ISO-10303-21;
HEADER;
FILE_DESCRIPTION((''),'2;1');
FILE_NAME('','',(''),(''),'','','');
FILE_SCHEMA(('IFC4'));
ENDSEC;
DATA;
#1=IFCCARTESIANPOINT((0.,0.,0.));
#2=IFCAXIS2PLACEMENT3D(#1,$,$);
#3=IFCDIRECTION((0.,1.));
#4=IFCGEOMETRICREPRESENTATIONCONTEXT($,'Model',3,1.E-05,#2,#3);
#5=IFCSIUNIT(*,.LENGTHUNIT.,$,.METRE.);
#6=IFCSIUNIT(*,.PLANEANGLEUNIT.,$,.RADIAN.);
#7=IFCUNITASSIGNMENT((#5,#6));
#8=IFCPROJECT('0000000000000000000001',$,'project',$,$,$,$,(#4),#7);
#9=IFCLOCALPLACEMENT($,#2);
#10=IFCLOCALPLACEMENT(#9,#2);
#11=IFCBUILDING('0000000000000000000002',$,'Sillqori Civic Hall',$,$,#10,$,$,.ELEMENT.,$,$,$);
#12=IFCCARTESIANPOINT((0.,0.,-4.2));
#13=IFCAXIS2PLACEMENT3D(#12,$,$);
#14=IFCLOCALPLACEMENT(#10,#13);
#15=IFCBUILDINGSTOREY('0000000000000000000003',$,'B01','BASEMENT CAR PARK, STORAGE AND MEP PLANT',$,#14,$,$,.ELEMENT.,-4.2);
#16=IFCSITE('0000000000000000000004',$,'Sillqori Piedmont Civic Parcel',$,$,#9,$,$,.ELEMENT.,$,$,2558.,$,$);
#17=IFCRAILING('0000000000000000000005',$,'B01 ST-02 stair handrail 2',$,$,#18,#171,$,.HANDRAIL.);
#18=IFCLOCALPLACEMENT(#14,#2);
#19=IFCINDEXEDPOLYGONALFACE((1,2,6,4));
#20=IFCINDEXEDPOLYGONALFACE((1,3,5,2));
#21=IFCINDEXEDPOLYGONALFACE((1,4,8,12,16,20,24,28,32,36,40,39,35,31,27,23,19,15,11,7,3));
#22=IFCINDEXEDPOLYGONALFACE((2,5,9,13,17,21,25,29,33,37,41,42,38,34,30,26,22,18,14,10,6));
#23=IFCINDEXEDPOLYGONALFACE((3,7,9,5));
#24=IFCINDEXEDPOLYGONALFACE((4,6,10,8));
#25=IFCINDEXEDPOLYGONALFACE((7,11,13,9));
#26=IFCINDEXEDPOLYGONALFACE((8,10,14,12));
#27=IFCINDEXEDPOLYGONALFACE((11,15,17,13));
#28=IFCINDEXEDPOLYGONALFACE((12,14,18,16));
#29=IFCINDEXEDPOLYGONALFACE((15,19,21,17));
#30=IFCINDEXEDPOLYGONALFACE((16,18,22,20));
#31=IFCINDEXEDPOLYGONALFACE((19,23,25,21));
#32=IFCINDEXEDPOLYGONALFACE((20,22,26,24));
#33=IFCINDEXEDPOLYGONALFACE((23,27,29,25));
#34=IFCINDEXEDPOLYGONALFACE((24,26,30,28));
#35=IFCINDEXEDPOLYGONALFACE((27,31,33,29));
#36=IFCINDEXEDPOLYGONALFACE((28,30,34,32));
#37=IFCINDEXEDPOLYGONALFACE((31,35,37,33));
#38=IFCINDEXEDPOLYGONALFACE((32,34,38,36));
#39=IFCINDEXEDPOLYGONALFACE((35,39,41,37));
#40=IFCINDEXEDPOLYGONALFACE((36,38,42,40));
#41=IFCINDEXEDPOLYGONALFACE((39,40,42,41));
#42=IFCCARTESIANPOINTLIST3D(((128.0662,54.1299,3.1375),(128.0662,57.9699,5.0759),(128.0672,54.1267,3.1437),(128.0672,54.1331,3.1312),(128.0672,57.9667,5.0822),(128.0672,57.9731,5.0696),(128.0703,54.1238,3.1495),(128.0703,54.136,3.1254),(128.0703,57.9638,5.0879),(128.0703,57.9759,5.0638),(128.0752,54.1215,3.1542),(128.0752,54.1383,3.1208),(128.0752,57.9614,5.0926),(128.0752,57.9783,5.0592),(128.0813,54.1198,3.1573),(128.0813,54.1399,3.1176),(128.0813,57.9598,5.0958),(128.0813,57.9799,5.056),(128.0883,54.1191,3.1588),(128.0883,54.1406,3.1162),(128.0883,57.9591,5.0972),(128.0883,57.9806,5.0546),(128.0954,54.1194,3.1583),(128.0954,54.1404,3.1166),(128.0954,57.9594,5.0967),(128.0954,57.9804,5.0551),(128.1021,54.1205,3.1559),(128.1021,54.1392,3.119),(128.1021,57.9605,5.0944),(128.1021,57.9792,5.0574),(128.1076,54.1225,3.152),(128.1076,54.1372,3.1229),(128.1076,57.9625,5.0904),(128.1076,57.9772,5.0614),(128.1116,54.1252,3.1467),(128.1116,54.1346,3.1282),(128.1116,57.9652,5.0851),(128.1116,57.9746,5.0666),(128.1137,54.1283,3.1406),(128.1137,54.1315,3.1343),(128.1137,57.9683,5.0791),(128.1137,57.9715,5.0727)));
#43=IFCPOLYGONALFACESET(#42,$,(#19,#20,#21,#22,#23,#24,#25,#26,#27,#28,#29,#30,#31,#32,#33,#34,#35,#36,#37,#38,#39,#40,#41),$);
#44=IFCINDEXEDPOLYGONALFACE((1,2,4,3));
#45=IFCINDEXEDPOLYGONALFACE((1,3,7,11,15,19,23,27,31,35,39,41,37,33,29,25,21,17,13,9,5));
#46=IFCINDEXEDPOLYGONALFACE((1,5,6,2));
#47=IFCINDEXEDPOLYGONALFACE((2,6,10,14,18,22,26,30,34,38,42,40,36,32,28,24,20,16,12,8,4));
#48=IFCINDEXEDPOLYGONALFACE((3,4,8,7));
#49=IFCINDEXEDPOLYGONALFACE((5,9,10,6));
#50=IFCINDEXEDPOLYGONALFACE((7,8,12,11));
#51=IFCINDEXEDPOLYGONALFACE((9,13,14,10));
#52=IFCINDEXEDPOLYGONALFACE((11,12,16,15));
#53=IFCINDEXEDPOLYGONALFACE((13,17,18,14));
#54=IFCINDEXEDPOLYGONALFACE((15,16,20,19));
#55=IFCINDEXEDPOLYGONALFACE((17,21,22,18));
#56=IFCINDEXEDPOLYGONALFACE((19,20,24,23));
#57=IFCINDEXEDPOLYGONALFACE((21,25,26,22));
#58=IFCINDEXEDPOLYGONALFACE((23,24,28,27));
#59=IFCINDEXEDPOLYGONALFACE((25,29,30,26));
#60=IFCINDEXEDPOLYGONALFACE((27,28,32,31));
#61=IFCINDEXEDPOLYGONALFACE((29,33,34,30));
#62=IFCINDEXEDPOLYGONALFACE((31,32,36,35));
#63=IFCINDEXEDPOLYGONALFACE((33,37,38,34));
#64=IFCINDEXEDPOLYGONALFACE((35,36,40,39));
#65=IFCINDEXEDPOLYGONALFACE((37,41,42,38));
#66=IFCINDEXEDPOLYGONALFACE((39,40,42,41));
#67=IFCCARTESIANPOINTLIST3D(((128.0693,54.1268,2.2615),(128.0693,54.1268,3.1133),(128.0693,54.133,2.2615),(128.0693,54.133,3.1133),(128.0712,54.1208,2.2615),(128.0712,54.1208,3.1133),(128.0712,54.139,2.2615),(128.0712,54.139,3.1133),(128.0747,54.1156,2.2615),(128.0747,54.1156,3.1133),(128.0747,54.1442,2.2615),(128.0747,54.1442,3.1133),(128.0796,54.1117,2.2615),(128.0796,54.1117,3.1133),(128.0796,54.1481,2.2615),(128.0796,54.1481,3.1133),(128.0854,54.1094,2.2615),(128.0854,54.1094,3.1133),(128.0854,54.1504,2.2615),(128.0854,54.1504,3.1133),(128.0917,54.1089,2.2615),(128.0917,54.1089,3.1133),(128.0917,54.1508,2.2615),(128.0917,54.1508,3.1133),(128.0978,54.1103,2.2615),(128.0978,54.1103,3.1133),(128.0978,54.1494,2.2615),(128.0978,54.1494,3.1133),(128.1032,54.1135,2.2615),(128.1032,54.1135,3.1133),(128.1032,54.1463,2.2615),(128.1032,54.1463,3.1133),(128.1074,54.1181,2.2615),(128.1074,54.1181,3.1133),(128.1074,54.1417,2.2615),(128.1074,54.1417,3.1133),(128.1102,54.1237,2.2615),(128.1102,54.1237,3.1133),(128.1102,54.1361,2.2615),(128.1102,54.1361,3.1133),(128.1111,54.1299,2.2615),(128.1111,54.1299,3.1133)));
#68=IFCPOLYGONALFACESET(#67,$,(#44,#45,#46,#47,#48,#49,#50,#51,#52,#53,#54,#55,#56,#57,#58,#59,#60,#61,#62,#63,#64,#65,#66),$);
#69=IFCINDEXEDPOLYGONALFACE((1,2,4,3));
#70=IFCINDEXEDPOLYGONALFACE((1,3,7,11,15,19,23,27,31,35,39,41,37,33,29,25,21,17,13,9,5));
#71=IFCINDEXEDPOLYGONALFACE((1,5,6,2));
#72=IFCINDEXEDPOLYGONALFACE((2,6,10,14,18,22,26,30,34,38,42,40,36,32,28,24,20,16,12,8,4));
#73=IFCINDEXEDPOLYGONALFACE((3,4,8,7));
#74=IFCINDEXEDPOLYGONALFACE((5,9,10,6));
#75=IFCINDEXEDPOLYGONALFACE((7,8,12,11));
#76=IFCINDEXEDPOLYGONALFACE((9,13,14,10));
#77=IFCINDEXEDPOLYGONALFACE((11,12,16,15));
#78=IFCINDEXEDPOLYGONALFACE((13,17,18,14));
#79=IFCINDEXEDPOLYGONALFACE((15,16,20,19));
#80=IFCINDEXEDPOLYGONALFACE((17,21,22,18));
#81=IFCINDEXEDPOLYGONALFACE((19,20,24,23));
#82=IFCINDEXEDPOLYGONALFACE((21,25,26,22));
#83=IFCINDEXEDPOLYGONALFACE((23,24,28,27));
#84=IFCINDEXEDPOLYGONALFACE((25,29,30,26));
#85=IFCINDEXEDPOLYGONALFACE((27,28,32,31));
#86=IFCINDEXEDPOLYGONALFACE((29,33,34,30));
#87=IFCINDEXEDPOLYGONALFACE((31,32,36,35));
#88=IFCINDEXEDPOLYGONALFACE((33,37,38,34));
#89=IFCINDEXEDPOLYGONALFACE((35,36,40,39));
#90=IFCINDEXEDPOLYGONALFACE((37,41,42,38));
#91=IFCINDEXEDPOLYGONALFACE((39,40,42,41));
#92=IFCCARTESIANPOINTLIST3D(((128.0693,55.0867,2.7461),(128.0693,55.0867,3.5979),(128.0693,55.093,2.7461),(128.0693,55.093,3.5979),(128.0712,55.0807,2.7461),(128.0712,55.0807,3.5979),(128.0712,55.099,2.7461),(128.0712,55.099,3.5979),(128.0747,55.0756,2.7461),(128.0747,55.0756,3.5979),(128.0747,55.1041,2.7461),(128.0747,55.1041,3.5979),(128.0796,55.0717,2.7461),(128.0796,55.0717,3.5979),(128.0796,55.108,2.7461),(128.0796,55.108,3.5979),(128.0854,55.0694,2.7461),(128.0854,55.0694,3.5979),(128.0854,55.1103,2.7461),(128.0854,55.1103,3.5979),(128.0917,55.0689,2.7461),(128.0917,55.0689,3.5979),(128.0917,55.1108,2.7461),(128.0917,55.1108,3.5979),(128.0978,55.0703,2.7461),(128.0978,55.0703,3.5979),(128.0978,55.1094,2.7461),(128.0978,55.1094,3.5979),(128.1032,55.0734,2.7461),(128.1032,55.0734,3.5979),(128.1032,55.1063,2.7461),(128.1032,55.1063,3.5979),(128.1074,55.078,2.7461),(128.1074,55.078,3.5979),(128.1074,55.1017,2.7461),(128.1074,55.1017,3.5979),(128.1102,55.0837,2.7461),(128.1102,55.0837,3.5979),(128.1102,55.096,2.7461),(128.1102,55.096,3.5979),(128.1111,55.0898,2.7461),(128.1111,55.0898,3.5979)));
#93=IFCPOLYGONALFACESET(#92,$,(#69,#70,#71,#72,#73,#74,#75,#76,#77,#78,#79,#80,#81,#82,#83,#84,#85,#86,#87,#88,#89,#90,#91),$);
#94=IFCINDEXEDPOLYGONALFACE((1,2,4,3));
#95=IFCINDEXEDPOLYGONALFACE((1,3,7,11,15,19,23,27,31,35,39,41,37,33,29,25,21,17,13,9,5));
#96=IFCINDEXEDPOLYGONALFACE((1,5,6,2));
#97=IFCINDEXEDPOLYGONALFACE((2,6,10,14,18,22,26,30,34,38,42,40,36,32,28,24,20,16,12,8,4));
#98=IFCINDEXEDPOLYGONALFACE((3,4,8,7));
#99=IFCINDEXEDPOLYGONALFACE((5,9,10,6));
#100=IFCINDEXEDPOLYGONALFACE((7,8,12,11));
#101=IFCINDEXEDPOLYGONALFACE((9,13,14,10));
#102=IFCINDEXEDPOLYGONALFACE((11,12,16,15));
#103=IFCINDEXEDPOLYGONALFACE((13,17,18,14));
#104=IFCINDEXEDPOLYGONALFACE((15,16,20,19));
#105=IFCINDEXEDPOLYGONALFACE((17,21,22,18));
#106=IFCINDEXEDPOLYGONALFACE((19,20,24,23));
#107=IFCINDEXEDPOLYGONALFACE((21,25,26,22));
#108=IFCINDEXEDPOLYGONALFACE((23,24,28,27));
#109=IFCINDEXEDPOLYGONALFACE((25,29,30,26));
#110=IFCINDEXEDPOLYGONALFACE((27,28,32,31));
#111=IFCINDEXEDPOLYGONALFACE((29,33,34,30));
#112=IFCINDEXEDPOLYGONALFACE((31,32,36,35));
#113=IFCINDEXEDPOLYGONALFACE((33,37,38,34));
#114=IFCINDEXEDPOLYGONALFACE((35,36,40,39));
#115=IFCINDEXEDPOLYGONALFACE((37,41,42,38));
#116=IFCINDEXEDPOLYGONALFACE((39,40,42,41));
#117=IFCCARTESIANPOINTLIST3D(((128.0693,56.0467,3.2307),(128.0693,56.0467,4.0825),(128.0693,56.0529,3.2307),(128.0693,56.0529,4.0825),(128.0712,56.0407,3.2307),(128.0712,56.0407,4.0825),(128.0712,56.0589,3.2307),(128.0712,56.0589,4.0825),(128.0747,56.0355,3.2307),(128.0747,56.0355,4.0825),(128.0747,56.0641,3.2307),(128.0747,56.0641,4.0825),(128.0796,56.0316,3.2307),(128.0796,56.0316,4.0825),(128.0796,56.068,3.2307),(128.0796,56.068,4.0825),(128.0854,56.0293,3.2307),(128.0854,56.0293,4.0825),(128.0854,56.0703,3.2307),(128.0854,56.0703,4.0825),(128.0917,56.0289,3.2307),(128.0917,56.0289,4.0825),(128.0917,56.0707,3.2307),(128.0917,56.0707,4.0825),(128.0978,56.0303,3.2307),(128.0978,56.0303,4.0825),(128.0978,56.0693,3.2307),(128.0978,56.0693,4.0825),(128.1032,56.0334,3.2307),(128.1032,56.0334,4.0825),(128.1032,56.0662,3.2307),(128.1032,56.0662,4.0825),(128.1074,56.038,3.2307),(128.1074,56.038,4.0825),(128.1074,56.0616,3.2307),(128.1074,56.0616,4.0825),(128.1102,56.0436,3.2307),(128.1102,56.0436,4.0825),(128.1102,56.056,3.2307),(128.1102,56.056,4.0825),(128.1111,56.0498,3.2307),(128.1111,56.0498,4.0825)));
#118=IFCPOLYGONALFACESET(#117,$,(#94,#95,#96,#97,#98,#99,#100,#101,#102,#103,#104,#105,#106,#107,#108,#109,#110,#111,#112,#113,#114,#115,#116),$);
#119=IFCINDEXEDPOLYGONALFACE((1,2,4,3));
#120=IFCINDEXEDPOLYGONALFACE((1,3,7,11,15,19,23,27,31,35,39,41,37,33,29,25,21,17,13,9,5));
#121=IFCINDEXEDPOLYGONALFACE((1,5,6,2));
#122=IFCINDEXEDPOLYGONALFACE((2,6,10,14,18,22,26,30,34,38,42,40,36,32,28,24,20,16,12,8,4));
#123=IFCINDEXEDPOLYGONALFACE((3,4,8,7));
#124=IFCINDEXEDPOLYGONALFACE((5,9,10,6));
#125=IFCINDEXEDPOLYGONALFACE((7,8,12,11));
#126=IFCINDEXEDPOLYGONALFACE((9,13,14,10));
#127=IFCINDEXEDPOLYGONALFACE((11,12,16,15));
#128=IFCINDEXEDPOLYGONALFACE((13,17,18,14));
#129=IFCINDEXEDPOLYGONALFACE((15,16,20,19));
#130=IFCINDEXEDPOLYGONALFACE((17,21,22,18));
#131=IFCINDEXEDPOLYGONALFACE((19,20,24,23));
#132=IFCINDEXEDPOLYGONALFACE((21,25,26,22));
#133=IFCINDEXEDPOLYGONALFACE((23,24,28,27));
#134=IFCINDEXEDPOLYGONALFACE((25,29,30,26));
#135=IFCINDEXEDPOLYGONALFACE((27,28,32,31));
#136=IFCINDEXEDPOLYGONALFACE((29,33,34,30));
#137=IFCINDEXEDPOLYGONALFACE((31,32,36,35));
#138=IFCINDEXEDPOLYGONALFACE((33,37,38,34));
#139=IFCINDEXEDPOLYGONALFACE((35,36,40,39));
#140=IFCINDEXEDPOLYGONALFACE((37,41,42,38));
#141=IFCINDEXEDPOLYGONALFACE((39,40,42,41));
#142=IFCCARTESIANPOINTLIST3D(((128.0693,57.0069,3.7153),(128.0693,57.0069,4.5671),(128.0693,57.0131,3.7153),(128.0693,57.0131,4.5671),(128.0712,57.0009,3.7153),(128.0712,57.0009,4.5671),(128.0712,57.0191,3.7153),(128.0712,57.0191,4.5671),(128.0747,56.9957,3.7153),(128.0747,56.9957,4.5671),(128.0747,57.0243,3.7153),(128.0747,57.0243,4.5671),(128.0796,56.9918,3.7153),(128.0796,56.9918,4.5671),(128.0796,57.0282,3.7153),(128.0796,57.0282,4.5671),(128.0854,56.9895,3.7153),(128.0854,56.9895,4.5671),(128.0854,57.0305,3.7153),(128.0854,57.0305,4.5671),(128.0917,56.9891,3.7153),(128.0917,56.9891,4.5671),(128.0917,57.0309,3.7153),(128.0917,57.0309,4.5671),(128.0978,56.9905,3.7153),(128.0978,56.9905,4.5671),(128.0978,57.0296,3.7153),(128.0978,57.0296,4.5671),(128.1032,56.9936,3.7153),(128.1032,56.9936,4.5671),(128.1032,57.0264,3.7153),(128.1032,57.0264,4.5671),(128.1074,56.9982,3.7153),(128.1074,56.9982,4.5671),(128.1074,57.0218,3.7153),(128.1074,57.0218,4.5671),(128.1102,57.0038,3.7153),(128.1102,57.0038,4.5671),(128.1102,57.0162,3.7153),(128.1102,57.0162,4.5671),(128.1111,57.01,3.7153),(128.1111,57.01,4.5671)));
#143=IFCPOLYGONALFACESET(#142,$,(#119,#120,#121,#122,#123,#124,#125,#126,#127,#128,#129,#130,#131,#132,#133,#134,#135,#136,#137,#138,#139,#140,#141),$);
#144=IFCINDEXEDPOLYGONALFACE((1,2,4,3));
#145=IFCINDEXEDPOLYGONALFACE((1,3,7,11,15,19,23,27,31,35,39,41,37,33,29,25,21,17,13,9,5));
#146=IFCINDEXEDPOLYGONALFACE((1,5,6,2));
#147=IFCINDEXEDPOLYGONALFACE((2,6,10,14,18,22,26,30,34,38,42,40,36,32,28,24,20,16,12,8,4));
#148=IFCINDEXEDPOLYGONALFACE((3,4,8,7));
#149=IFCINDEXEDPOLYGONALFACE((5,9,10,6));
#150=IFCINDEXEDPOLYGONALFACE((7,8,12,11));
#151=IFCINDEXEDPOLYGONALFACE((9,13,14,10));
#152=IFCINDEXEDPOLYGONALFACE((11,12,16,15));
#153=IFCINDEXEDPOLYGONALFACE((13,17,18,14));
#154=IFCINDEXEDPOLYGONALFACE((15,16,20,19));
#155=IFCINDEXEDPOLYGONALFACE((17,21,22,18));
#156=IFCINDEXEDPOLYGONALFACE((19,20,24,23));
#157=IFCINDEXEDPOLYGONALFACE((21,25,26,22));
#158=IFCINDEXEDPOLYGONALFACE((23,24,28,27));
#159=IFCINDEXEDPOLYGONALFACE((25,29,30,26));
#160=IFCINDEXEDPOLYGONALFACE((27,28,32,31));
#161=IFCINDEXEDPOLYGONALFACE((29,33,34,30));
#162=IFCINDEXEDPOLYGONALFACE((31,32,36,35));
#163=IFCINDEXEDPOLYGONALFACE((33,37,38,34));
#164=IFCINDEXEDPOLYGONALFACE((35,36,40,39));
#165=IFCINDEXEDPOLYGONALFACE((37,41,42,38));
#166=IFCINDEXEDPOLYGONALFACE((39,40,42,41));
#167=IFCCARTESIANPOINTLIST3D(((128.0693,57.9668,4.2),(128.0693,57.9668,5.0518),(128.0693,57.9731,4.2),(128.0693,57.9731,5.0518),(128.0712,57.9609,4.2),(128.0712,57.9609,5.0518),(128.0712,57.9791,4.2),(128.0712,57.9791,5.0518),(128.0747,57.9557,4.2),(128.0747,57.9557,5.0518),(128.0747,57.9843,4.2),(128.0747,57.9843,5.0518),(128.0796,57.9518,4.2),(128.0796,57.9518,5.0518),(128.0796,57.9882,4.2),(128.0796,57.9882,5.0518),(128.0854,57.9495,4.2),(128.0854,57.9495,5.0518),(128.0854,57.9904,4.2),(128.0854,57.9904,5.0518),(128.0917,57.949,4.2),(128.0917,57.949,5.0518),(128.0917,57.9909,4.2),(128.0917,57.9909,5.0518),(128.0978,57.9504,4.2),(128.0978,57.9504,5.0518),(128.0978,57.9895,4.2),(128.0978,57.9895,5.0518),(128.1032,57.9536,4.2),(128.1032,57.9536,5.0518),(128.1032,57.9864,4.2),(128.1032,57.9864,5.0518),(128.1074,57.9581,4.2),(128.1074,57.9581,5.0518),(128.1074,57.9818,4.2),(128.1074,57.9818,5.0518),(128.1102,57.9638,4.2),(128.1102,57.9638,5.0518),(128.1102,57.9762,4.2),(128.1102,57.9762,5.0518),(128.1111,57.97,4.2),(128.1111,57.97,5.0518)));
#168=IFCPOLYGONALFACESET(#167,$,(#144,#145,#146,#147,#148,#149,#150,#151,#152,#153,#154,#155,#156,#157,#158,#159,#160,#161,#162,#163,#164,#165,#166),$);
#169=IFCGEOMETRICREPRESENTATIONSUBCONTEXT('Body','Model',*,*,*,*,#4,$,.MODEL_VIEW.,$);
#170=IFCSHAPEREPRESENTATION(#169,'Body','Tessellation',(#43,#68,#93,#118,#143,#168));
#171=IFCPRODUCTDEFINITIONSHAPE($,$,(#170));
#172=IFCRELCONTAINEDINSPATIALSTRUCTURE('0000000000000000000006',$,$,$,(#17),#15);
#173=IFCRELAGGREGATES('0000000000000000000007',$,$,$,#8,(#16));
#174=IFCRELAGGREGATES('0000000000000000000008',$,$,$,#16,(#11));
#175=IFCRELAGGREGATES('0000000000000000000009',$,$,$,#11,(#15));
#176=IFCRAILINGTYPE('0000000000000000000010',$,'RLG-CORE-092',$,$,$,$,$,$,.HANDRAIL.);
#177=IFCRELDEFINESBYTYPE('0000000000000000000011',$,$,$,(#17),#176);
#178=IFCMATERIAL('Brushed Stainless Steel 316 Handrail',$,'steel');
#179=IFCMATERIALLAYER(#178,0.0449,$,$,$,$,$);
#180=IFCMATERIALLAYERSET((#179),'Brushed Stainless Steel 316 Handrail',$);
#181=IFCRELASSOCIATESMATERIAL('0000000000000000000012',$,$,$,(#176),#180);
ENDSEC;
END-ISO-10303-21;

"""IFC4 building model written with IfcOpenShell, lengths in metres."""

from ifc_helpers import new_model, si_unit, direction, frame, origin, origin_2d, place, context, subcontext, project, spatial, circle, extrude, material, layer, layer_set, type_object, element, save


model = new_model("IFC4")

# Units and contexts
model_context = context("Model", 3, precision=1e-05, world=origin(), true_north=direction((0.0, 1.0)))
body_context = subcontext(model_context, "Body", "Model", "MODEL_VIEW")
ifc_project = project(units=[si_unit("LENGTHUNIT", "METRE"), si_unit("PLANEANGLEUNIT", "RADIAN")], contexts=[model_context])

# Site, building, storey
site_placement = place(None, origin())
site = spatial("IfcSite", under=ifc_project, at=site_placement, Name="Sillqori Piedmont Civic Parcel", CompositionType="ELEMENT", RefElevation=2558.0)
building_placement = place(site_placement, origin())
building = spatial("IfcBuilding", under=site, at=building_placement, Name="Sillqori Civic Hall", CompositionType="ELEMENT")
storey_placement = place(building_placement, frame((0.0, 0.0, -4.2)))
storey = spatial("IfcBuildingStorey", under=building, at=storey_placement, Name="B01", Description="BASEMENT CAR PARK, STORAGE AND MEP PLANT", CompositionType="ELEMENT", Elevation=-4.2)

# Railing
ifc_material_1 = material(Name="Brushed Stainless Steel 316 Handrail", Category="steel")
ifc_layer_1 = layer(ifc_material_1, 0.0449)
ifc_layer_set_1 = layer_set([ifc_layer_1], Name="Brushed Stainless Steel 316 Handrail")
railing_type_1 = type_object("IfcRailingType", Name="RLG-CORE-092", PredefinedType="HANDRAIL", material=ifc_layer_set_1)
railing_1_placement = place(storey_placement, frame((128.0901, 54.1299, 2.2615)))
element("IfcRailing", 1, at=railing_1_placement, inside=storey, type_object=railing_type_1, Name="B01 ST-02 stair handrail 2", PredefinedType="HANDRAIL", context=body_context, shape_type="SweptSolid", body=[
    extrude(circle(Radius=0.0239, at=origin_2d()), frame((0.0, 0.0, 0.876), z_axis=(0.0, 0.892707, 0.450638), x_axis=(-1.0, 0.0, 0.0)), (0.0, 0.0, 1.0), 4.3015),
    extrude(circle(Radius=0.021, at=origin_2d()), origin(), (0.0, 0.0, 1.0), 0.8518),
    extrude(circle(Radius=0.021, at=origin_2d()), frame((0.0, 0.96, 0.4846)), (0.0, 0.0, 1.0), 0.8518),
    extrude(circle(Radius=0.021, at=origin_2d()), frame((0.0, 1.9199, 0.9692)), (0.0, 0.0, 1.0), 0.8518),
    extrude(circle(Radius=0.021, at=origin_2d()), frame((0.0, 2.8801, 1.4539)), (0.0, 0.0, 1.0), 0.8518),
    extrude(circle(Radius=0.021, at=origin_2d()), frame((0.0, 3.8401, 1.9385)), (0.0, 0.0, 1.0), 0.8518),
])

save(model, "model.ifc")
